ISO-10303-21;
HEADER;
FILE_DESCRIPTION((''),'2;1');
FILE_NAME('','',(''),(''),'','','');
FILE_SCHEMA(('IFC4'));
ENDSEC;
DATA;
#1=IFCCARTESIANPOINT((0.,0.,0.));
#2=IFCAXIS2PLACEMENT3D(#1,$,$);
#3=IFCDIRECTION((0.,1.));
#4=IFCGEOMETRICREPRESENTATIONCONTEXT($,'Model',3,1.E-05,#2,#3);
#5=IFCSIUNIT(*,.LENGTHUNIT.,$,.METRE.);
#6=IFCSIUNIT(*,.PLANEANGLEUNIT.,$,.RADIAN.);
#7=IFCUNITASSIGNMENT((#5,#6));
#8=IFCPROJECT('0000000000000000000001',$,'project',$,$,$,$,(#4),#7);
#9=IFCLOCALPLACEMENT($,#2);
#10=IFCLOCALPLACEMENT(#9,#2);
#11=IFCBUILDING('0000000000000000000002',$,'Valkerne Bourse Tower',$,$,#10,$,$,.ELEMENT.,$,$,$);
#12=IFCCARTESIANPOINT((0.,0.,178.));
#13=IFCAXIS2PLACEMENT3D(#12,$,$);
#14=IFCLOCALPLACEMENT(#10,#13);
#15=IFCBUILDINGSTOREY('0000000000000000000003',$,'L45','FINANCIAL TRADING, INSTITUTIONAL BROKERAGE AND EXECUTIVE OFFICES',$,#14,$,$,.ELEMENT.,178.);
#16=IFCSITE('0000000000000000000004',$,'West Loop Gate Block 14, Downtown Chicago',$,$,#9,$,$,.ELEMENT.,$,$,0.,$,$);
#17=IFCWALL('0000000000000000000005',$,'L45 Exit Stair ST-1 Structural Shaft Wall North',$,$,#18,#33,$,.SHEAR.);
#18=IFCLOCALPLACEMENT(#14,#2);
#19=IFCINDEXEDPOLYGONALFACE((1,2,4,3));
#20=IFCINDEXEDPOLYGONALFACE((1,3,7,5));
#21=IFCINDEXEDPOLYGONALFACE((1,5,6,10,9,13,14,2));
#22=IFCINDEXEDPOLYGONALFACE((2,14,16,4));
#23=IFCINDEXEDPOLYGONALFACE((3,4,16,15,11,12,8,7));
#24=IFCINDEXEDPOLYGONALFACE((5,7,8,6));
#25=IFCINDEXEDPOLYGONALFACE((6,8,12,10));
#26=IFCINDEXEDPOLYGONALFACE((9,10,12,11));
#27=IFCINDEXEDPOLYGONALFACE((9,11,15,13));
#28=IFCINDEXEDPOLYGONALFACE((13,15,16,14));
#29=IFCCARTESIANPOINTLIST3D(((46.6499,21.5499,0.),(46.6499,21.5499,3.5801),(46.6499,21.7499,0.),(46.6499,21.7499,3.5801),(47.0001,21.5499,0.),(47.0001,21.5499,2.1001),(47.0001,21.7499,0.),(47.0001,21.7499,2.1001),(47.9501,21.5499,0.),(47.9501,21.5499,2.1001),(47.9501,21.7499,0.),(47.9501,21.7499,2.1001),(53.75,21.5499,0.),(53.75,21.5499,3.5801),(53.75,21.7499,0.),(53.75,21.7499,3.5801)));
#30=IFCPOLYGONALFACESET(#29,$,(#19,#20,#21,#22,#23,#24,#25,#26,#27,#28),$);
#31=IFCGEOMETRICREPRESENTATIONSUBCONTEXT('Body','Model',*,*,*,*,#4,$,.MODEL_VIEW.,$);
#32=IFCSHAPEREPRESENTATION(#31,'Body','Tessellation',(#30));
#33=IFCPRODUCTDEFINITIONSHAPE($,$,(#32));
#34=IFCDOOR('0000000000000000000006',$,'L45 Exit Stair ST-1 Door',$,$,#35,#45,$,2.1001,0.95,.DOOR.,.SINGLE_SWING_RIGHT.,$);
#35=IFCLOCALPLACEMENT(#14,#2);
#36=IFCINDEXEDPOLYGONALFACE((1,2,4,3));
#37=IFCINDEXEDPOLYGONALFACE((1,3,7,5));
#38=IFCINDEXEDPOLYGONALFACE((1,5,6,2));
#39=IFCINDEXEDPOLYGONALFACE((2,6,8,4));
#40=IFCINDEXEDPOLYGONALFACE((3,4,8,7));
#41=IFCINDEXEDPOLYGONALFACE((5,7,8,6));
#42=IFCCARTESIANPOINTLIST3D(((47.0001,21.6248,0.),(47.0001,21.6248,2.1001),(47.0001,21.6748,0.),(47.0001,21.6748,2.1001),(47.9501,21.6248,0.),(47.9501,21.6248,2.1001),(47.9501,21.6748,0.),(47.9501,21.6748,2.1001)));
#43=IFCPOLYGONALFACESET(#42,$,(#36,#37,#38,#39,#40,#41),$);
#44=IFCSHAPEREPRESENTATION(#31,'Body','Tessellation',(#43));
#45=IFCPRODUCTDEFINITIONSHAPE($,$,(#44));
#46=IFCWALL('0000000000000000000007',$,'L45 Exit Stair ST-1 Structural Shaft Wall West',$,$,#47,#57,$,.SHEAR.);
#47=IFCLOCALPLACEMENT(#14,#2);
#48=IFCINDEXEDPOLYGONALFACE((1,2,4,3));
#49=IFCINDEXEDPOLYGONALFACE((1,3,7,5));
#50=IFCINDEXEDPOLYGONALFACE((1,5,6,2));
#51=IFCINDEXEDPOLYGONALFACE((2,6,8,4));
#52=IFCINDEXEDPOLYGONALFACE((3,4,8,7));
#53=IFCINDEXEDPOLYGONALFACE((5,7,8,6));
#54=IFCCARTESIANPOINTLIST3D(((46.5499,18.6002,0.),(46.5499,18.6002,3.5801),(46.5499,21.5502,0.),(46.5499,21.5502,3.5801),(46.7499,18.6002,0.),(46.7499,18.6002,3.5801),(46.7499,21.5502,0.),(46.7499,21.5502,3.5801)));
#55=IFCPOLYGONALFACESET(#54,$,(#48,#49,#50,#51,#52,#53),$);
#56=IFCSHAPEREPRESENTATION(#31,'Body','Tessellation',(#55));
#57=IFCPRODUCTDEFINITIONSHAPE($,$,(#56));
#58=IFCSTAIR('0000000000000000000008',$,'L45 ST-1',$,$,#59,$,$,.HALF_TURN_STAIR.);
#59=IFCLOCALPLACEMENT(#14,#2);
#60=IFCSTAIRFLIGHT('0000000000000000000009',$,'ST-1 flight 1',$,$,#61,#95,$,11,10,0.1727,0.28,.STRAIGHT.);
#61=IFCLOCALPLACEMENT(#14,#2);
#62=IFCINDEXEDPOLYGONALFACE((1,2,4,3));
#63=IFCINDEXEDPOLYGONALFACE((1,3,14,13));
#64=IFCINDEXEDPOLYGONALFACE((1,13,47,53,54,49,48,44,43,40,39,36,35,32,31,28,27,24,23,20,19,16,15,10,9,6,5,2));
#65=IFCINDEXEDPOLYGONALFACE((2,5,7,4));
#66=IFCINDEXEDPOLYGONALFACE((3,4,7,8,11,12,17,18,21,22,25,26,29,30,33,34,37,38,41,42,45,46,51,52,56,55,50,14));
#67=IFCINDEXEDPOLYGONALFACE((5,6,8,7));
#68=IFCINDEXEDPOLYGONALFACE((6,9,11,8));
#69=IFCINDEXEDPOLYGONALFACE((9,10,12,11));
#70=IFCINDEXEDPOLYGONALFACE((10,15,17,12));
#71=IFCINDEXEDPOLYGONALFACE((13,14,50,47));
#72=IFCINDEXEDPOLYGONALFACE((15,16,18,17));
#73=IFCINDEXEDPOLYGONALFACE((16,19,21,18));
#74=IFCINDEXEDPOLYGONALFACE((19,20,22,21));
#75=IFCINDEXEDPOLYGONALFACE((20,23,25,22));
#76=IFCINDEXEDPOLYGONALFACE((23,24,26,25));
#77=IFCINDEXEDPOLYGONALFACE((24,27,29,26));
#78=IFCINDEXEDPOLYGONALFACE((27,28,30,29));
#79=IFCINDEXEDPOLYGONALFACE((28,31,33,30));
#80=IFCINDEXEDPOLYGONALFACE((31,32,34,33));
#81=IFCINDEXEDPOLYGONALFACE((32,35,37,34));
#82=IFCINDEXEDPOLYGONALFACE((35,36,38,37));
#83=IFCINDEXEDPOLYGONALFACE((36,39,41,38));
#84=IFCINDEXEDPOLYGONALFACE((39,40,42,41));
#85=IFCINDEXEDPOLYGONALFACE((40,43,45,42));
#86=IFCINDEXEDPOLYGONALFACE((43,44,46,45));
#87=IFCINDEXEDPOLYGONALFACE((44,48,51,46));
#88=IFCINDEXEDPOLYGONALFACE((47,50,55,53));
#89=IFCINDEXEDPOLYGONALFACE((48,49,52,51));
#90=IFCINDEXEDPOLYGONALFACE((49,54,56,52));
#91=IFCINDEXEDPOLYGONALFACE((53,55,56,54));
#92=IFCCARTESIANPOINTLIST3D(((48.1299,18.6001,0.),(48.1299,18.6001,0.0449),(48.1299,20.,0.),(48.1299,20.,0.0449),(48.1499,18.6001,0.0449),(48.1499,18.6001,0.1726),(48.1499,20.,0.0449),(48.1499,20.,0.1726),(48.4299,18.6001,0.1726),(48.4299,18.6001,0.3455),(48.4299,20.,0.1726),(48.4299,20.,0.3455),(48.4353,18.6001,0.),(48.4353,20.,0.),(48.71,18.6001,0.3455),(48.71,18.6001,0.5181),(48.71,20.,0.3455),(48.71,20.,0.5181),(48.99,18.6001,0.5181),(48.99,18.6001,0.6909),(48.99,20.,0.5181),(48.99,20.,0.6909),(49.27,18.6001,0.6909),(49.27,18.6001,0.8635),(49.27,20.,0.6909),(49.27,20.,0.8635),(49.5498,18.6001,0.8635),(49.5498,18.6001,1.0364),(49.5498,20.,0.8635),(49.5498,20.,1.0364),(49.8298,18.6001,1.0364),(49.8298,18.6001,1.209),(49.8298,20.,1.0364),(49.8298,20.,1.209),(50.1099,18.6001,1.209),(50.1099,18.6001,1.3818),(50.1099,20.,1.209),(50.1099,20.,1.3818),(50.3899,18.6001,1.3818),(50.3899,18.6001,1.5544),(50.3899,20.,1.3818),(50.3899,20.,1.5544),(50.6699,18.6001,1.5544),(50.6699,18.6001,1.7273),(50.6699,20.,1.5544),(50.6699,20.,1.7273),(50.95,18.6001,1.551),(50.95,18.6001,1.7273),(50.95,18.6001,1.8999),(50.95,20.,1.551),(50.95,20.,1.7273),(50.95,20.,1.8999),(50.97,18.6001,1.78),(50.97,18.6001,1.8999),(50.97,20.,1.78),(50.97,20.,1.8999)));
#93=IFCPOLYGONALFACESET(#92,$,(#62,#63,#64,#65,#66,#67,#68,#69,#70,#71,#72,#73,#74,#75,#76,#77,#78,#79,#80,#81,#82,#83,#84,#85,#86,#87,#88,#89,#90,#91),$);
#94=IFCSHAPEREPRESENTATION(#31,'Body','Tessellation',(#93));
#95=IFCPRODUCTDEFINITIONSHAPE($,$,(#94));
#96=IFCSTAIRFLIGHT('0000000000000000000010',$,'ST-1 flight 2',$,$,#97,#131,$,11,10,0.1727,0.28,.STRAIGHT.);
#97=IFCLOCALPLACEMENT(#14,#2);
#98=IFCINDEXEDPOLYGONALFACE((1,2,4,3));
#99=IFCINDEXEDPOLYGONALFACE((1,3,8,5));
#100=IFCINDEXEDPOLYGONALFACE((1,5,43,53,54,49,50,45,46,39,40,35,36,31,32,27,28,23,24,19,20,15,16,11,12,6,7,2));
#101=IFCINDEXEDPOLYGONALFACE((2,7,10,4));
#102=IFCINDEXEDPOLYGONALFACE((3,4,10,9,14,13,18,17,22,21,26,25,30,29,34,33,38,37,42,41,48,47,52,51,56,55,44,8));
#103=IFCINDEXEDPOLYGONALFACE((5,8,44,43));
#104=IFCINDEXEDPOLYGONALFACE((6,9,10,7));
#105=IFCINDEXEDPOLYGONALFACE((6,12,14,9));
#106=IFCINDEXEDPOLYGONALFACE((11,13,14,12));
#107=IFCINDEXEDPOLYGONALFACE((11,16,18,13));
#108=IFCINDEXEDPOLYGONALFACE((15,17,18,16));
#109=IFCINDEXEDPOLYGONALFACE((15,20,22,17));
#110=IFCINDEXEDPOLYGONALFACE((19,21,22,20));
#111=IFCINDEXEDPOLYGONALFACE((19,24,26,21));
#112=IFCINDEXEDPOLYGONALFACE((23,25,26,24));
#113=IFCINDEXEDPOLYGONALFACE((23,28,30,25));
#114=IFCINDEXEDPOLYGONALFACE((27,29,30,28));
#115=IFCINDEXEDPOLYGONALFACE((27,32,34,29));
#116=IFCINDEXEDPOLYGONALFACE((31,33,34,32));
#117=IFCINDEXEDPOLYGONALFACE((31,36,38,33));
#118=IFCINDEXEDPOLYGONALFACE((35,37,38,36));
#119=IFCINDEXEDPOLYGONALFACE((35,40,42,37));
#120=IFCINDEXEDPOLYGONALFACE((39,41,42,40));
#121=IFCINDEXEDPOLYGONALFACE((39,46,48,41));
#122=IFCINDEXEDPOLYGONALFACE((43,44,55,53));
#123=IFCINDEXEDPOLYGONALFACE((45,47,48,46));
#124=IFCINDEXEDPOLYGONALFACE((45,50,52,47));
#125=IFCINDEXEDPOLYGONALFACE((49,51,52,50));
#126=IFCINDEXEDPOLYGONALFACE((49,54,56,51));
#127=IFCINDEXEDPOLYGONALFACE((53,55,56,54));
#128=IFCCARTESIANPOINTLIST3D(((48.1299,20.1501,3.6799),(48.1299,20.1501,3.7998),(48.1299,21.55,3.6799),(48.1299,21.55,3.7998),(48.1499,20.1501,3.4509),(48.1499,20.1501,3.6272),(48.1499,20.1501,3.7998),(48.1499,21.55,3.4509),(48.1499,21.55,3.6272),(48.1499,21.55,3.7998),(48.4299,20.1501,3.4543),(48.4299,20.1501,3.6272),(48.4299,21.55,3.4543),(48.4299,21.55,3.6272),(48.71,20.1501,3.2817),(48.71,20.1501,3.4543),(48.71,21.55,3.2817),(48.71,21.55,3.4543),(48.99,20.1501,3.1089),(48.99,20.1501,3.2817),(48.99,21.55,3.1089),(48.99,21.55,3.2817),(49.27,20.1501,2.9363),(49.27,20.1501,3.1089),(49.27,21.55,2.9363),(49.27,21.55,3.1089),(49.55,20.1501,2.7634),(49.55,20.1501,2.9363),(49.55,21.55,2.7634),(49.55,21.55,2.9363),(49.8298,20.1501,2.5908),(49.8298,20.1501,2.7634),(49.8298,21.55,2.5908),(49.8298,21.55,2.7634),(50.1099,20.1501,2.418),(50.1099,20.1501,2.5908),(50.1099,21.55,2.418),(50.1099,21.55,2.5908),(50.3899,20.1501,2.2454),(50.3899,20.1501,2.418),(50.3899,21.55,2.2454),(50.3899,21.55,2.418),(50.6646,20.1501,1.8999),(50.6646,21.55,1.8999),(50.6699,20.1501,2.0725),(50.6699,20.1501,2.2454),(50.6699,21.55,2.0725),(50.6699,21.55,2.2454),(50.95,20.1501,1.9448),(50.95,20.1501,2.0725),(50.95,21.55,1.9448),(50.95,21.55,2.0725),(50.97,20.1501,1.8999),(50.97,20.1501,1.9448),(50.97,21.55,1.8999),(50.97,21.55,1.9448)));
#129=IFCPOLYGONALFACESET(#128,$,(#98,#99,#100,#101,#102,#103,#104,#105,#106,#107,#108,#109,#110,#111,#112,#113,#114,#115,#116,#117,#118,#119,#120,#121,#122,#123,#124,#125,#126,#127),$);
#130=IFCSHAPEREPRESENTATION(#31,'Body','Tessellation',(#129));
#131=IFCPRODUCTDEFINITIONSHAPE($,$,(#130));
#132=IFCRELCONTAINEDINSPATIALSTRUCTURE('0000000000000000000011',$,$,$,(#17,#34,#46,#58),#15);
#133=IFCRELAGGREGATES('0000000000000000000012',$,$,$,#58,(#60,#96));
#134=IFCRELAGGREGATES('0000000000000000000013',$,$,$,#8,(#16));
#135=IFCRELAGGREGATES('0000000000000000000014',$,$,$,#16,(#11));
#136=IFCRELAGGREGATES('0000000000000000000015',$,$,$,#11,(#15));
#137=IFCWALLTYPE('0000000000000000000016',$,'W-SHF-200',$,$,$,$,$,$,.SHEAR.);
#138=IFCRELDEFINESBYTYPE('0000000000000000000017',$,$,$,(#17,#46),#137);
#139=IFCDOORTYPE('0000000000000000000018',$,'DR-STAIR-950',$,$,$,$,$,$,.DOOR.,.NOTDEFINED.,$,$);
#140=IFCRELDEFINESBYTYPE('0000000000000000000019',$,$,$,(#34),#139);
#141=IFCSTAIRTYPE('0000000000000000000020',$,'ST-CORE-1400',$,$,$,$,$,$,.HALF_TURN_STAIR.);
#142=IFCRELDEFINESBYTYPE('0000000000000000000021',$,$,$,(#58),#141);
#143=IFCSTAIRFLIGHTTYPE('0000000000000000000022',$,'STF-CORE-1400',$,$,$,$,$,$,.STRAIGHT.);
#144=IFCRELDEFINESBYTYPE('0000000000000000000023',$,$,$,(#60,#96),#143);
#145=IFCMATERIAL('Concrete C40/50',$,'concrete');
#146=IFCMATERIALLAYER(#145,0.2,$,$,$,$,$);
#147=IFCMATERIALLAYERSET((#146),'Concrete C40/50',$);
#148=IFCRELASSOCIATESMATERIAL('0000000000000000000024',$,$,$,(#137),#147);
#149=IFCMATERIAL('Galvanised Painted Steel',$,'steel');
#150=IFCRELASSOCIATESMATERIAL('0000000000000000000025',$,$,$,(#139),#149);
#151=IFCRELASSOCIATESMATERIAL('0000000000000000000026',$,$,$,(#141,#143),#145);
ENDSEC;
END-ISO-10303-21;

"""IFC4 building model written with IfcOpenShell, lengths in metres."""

from ifc_helpers import new_model, si_unit, direction, frame, frame_2d, origin, place, context, subcontext, project, spatial, polyline, rectangle, outline, extrude, material, layer, layer_set, type_object, element, fill, aggregate, save


model = new_model("IFC4")

# Units and contexts
model_context = context("Model", 3, precision=1e-05, world=origin(), true_north=direction((0.0, 1.0)))
body_context = subcontext(model_context, "Body", "Model", "MODEL_VIEW")
ifc_project = project(units=[si_unit("LENGTHUNIT", "METRE"), si_unit("PLANEANGLEUNIT", "RADIAN")], contexts=[model_context])

# Site, building, storey
site_placement = place(None, origin())
site = spatial("IfcSite", under=ifc_project, at=site_placement, Name="West Loop Gate Block 14, Downtown Chicago", CompositionType="ELEMENT", RefElevation=0.0)
building_placement = place(site_placement, origin())
building = spatial("IfcBuilding", under=site, at=building_placement, Name="Valkerne Bourse Tower", CompositionType="ELEMENT")
storey_placement = place(building_placement, frame((0.0, 0.0, 178.0)))
storey = spatial("IfcBuildingStorey", under=building, at=storey_placement, Name="L45", Description="FINANCIAL TRADING, INSTITUTIONAL BROKERAGE AND EXECUTIVE OFFICES", CompositionType="ELEMENT", Elevation=178.0)

# Shared definitions
ifc_material_1 = material(Name="Galvanised Painted Steel", Category="steel")

# Wall, opening, door
ifc_material_2 = material(Name="Concrete C40/50", Category="concrete")
ifc_layer_1 = layer(ifc_material_2, 0.2)
ifc_layer_set_1 = layer_set([ifc_layer_1], Name="Concrete C40/50")
wall_type_1 = type_object("IfcWallType", Name="W-SHF-200", PredefinedType="SHEAR", material=ifc_layer_set_1)
wall_1_placement = place(storey_placement, frame((46.6499, 21.6499, 0.0), z_axis=(0.0, 0.0, 1.0), x_axis=(1.0, 0.0, 0.0)))
wall_1 = element("IfcWall", 1, at=wall_1_placement, inside=storey, type_object=wall_type_1, Name="L45 Exit Stair ST-1 Structural Shaft Wall North", PredefinedType="SHEAR", context=body_context, shape_type="SweptSolid", body=[
    extrude(rectangle(XDim=7.1001, YDim=0.2, at=frame_2d((3.55, 0.0))), origin(), (0.0, 0.0, 1.0), 3.5801),
])
opening_1_placement = place(wall_1_placement, frame((0.3501, 0.0, 0.0)))
opening_1 = element("IfcOpeningElement", 2, at=opening_1_placement, cuts=wall_1, PredefinedType="OPENING", context=body_context, shape_type="SweptSolid", body=[
    extrude(rectangle(XDim=0.95, YDim=2.1001, at=frame_2d((0.4751, 1.05))), frame((0.0, 0.1099, 0.0), z_axis=(0.0, -1.0, 0.0), x_axis=(1.0, 0.0, 0.0)), (0.0, 0.0, 1.0), 0.22),
])
door_type_1 = type_object("IfcDoorType", Name="DR-STAIR-950", OperationType="NOTDEFINED", PredefinedType="DOOR", material=ifc_material_1)
door_1_placement = place(opening_1_placement, origin())
door_1 = element("IfcDoor", 3, at=door_1_placement, inside=storey, type_object=door_type_1, Name="L45 Exit Stair ST-1 Door", OperationType="SINGLE_SWING_RIGHT", OverallHeight=2.1001, OverallWidth=0.95, PredefinedType="DOOR", context=body_context, shape_type="SweptSolid", body=[
    extrude(rectangle(XDim=0.95, YDim=2.1001, at=frame_2d((0.4751, 1.05))), frame((0.0, 0.0249, 0.0), z_axis=(0.0, -1.0, 0.0), x_axis=(1.0, 0.0, 0.0)), (0.0, 0.0, 1.0), 0.05),
])
fill(opening_1, door_1)

# Wall
wall_2_placement = place(storey_placement, frame((46.6499, 18.6001, 0.0), z_axis=(0.0, 0.0, 1.0), x_axis=(0.0, 1.0, 0.0)))
element("IfcWall", 4, at=wall_2_placement, inside=storey, type_object=wall_type_1, Name="L45 Exit Stair ST-1 Structural Shaft Wall West", PredefinedType="SHEAR", context=body_context, shape_type="SweptSolid", body=[
    extrude(rectangle(XDim=2.95, YDim=0.2, at=frame_2d((1.4751, 0.0))), origin(), (0.0, 0.0, 1.0), 3.5801),
])

# Stair, stair flights
stair_type = type_object("IfcStairType", Name="ST-CORE-1400", PredefinedType="HALF_TURN_STAIR", material=ifc_material_2)
stair_placement = place(storey_placement, origin())
stair = element("IfcStair", 5, at=stair_placement, inside=storey, type_object=stair_type, Name="L45 ST-1", PredefinedType="HALF_TURN_STAIR")
stair_flight_type = type_object("IfcStairFlightType", Name="STF-CORE-1400", PredefinedType="STRAIGHT", material=ifc_material_2)
stair_flight_1_placement = place(storey_placement, frame((48.1499, 19.3, 0.0), z_axis=(0.0, 0.0, 1.0), x_axis=(1.0, 0.0, 0.0)))
stair_flight_1 = element("IfcStairFlight", 6, at=stair_flight_1_placement, type_object=stair_flight_type, Name="ST-1 flight 1", NumberOfRisers=11, NumberOfTreads=10, PredefinedType="STRAIGHT", RiserHeight=0.1727, TreadLength=0.28, context=body_context, shape_type="SweptSolid", body=[
    extrude(outline(polyline([(-0.02, 0.0), (-0.02, 0.0449), (0.0, 0.0449), (0.0, 0.1726), (0.28, 0.1726), (0.28, 0.3455), (0.5601, 0.3455), (0.5601, 0.5181), (0.8401, 0.5181), (0.8401, 0.6909), (1.1201, 0.6909), (1.1201, 0.8635), (1.3999, 0.8635), (1.3999, 1.0364), (1.6799, 1.0364), (1.6799, 1.209), (1.96, 1.209), (1.96, 1.3818), (2.24, 1.3818), (2.24, 1.5544), (2.52, 1.5544), (2.52, 1.7273), (2.8, 1.7273), (2.8, 1.8999), (2.8201, 1.8999), (2.8201, 1.78), (2.8, 1.551), (0.2854, 0.0), (-0.02, 0.0)])), frame((0.0, 0.7, 0.0), z_axis=(0.0, -1.0, 0.0), x_axis=(1.0, 0.0, 0.0)), (0.0, 0.0, 1.0), 1.3999),
])
stair_flight_2_placement = place(storey_placement, frame((50.95, 20.8501, 1.8999), z_axis=(0.0, 0.0, 1.0), x_axis=(-1.0, 0.0, 0.0)))
stair_flight_2 = element("IfcStairFlight", 7, at=stair_flight_2_placement, type_object=stair_flight_type, Name="ST-1 flight 2", NumberOfRisers=11, NumberOfTreads=10, PredefinedType="STRAIGHT", RiserHeight=0.1727, TreadLength=0.28, context=body_context, shape_type="SweptSolid", body=[
    extrude(outline(polyline([(-0.02, 0.0), (-0.02, 0.0449), (0.0, 0.0449), (0.0, 0.1726), (0.28, 0.1726), (0.28, 0.3455), (0.5601, 0.3455), (0.5601, 0.5181), (0.8401, 0.5181), (0.8401, 0.6909), (1.1201, 0.6909), (1.1201, 0.8635), (1.3999, 0.8635), (1.3999, 1.0364), (1.6799, 1.0364), (1.6799, 1.209), (1.96, 1.209), (1.96, 1.3818), (2.24, 1.3818), (2.24, 1.5544), (2.52, 1.5544), (2.52, 1.7273), (2.8, 1.7273), (2.8, 1.8999), (2.8201, 1.8999), (2.8201, 1.78), (2.8, 1.551), (0.2854, 0.0), (-0.02, 0.0)])), frame((0.0, 0.7, 0.0), z_axis=(0.0, -1.0, 0.0), x_axis=(1.0, 0.0, 0.0)), (0.0, 0.0, 1.0), 1.3999),
])
aggregate(stair, [stair_flight_1, stair_flight_2])

save(model, "model.ifc")
